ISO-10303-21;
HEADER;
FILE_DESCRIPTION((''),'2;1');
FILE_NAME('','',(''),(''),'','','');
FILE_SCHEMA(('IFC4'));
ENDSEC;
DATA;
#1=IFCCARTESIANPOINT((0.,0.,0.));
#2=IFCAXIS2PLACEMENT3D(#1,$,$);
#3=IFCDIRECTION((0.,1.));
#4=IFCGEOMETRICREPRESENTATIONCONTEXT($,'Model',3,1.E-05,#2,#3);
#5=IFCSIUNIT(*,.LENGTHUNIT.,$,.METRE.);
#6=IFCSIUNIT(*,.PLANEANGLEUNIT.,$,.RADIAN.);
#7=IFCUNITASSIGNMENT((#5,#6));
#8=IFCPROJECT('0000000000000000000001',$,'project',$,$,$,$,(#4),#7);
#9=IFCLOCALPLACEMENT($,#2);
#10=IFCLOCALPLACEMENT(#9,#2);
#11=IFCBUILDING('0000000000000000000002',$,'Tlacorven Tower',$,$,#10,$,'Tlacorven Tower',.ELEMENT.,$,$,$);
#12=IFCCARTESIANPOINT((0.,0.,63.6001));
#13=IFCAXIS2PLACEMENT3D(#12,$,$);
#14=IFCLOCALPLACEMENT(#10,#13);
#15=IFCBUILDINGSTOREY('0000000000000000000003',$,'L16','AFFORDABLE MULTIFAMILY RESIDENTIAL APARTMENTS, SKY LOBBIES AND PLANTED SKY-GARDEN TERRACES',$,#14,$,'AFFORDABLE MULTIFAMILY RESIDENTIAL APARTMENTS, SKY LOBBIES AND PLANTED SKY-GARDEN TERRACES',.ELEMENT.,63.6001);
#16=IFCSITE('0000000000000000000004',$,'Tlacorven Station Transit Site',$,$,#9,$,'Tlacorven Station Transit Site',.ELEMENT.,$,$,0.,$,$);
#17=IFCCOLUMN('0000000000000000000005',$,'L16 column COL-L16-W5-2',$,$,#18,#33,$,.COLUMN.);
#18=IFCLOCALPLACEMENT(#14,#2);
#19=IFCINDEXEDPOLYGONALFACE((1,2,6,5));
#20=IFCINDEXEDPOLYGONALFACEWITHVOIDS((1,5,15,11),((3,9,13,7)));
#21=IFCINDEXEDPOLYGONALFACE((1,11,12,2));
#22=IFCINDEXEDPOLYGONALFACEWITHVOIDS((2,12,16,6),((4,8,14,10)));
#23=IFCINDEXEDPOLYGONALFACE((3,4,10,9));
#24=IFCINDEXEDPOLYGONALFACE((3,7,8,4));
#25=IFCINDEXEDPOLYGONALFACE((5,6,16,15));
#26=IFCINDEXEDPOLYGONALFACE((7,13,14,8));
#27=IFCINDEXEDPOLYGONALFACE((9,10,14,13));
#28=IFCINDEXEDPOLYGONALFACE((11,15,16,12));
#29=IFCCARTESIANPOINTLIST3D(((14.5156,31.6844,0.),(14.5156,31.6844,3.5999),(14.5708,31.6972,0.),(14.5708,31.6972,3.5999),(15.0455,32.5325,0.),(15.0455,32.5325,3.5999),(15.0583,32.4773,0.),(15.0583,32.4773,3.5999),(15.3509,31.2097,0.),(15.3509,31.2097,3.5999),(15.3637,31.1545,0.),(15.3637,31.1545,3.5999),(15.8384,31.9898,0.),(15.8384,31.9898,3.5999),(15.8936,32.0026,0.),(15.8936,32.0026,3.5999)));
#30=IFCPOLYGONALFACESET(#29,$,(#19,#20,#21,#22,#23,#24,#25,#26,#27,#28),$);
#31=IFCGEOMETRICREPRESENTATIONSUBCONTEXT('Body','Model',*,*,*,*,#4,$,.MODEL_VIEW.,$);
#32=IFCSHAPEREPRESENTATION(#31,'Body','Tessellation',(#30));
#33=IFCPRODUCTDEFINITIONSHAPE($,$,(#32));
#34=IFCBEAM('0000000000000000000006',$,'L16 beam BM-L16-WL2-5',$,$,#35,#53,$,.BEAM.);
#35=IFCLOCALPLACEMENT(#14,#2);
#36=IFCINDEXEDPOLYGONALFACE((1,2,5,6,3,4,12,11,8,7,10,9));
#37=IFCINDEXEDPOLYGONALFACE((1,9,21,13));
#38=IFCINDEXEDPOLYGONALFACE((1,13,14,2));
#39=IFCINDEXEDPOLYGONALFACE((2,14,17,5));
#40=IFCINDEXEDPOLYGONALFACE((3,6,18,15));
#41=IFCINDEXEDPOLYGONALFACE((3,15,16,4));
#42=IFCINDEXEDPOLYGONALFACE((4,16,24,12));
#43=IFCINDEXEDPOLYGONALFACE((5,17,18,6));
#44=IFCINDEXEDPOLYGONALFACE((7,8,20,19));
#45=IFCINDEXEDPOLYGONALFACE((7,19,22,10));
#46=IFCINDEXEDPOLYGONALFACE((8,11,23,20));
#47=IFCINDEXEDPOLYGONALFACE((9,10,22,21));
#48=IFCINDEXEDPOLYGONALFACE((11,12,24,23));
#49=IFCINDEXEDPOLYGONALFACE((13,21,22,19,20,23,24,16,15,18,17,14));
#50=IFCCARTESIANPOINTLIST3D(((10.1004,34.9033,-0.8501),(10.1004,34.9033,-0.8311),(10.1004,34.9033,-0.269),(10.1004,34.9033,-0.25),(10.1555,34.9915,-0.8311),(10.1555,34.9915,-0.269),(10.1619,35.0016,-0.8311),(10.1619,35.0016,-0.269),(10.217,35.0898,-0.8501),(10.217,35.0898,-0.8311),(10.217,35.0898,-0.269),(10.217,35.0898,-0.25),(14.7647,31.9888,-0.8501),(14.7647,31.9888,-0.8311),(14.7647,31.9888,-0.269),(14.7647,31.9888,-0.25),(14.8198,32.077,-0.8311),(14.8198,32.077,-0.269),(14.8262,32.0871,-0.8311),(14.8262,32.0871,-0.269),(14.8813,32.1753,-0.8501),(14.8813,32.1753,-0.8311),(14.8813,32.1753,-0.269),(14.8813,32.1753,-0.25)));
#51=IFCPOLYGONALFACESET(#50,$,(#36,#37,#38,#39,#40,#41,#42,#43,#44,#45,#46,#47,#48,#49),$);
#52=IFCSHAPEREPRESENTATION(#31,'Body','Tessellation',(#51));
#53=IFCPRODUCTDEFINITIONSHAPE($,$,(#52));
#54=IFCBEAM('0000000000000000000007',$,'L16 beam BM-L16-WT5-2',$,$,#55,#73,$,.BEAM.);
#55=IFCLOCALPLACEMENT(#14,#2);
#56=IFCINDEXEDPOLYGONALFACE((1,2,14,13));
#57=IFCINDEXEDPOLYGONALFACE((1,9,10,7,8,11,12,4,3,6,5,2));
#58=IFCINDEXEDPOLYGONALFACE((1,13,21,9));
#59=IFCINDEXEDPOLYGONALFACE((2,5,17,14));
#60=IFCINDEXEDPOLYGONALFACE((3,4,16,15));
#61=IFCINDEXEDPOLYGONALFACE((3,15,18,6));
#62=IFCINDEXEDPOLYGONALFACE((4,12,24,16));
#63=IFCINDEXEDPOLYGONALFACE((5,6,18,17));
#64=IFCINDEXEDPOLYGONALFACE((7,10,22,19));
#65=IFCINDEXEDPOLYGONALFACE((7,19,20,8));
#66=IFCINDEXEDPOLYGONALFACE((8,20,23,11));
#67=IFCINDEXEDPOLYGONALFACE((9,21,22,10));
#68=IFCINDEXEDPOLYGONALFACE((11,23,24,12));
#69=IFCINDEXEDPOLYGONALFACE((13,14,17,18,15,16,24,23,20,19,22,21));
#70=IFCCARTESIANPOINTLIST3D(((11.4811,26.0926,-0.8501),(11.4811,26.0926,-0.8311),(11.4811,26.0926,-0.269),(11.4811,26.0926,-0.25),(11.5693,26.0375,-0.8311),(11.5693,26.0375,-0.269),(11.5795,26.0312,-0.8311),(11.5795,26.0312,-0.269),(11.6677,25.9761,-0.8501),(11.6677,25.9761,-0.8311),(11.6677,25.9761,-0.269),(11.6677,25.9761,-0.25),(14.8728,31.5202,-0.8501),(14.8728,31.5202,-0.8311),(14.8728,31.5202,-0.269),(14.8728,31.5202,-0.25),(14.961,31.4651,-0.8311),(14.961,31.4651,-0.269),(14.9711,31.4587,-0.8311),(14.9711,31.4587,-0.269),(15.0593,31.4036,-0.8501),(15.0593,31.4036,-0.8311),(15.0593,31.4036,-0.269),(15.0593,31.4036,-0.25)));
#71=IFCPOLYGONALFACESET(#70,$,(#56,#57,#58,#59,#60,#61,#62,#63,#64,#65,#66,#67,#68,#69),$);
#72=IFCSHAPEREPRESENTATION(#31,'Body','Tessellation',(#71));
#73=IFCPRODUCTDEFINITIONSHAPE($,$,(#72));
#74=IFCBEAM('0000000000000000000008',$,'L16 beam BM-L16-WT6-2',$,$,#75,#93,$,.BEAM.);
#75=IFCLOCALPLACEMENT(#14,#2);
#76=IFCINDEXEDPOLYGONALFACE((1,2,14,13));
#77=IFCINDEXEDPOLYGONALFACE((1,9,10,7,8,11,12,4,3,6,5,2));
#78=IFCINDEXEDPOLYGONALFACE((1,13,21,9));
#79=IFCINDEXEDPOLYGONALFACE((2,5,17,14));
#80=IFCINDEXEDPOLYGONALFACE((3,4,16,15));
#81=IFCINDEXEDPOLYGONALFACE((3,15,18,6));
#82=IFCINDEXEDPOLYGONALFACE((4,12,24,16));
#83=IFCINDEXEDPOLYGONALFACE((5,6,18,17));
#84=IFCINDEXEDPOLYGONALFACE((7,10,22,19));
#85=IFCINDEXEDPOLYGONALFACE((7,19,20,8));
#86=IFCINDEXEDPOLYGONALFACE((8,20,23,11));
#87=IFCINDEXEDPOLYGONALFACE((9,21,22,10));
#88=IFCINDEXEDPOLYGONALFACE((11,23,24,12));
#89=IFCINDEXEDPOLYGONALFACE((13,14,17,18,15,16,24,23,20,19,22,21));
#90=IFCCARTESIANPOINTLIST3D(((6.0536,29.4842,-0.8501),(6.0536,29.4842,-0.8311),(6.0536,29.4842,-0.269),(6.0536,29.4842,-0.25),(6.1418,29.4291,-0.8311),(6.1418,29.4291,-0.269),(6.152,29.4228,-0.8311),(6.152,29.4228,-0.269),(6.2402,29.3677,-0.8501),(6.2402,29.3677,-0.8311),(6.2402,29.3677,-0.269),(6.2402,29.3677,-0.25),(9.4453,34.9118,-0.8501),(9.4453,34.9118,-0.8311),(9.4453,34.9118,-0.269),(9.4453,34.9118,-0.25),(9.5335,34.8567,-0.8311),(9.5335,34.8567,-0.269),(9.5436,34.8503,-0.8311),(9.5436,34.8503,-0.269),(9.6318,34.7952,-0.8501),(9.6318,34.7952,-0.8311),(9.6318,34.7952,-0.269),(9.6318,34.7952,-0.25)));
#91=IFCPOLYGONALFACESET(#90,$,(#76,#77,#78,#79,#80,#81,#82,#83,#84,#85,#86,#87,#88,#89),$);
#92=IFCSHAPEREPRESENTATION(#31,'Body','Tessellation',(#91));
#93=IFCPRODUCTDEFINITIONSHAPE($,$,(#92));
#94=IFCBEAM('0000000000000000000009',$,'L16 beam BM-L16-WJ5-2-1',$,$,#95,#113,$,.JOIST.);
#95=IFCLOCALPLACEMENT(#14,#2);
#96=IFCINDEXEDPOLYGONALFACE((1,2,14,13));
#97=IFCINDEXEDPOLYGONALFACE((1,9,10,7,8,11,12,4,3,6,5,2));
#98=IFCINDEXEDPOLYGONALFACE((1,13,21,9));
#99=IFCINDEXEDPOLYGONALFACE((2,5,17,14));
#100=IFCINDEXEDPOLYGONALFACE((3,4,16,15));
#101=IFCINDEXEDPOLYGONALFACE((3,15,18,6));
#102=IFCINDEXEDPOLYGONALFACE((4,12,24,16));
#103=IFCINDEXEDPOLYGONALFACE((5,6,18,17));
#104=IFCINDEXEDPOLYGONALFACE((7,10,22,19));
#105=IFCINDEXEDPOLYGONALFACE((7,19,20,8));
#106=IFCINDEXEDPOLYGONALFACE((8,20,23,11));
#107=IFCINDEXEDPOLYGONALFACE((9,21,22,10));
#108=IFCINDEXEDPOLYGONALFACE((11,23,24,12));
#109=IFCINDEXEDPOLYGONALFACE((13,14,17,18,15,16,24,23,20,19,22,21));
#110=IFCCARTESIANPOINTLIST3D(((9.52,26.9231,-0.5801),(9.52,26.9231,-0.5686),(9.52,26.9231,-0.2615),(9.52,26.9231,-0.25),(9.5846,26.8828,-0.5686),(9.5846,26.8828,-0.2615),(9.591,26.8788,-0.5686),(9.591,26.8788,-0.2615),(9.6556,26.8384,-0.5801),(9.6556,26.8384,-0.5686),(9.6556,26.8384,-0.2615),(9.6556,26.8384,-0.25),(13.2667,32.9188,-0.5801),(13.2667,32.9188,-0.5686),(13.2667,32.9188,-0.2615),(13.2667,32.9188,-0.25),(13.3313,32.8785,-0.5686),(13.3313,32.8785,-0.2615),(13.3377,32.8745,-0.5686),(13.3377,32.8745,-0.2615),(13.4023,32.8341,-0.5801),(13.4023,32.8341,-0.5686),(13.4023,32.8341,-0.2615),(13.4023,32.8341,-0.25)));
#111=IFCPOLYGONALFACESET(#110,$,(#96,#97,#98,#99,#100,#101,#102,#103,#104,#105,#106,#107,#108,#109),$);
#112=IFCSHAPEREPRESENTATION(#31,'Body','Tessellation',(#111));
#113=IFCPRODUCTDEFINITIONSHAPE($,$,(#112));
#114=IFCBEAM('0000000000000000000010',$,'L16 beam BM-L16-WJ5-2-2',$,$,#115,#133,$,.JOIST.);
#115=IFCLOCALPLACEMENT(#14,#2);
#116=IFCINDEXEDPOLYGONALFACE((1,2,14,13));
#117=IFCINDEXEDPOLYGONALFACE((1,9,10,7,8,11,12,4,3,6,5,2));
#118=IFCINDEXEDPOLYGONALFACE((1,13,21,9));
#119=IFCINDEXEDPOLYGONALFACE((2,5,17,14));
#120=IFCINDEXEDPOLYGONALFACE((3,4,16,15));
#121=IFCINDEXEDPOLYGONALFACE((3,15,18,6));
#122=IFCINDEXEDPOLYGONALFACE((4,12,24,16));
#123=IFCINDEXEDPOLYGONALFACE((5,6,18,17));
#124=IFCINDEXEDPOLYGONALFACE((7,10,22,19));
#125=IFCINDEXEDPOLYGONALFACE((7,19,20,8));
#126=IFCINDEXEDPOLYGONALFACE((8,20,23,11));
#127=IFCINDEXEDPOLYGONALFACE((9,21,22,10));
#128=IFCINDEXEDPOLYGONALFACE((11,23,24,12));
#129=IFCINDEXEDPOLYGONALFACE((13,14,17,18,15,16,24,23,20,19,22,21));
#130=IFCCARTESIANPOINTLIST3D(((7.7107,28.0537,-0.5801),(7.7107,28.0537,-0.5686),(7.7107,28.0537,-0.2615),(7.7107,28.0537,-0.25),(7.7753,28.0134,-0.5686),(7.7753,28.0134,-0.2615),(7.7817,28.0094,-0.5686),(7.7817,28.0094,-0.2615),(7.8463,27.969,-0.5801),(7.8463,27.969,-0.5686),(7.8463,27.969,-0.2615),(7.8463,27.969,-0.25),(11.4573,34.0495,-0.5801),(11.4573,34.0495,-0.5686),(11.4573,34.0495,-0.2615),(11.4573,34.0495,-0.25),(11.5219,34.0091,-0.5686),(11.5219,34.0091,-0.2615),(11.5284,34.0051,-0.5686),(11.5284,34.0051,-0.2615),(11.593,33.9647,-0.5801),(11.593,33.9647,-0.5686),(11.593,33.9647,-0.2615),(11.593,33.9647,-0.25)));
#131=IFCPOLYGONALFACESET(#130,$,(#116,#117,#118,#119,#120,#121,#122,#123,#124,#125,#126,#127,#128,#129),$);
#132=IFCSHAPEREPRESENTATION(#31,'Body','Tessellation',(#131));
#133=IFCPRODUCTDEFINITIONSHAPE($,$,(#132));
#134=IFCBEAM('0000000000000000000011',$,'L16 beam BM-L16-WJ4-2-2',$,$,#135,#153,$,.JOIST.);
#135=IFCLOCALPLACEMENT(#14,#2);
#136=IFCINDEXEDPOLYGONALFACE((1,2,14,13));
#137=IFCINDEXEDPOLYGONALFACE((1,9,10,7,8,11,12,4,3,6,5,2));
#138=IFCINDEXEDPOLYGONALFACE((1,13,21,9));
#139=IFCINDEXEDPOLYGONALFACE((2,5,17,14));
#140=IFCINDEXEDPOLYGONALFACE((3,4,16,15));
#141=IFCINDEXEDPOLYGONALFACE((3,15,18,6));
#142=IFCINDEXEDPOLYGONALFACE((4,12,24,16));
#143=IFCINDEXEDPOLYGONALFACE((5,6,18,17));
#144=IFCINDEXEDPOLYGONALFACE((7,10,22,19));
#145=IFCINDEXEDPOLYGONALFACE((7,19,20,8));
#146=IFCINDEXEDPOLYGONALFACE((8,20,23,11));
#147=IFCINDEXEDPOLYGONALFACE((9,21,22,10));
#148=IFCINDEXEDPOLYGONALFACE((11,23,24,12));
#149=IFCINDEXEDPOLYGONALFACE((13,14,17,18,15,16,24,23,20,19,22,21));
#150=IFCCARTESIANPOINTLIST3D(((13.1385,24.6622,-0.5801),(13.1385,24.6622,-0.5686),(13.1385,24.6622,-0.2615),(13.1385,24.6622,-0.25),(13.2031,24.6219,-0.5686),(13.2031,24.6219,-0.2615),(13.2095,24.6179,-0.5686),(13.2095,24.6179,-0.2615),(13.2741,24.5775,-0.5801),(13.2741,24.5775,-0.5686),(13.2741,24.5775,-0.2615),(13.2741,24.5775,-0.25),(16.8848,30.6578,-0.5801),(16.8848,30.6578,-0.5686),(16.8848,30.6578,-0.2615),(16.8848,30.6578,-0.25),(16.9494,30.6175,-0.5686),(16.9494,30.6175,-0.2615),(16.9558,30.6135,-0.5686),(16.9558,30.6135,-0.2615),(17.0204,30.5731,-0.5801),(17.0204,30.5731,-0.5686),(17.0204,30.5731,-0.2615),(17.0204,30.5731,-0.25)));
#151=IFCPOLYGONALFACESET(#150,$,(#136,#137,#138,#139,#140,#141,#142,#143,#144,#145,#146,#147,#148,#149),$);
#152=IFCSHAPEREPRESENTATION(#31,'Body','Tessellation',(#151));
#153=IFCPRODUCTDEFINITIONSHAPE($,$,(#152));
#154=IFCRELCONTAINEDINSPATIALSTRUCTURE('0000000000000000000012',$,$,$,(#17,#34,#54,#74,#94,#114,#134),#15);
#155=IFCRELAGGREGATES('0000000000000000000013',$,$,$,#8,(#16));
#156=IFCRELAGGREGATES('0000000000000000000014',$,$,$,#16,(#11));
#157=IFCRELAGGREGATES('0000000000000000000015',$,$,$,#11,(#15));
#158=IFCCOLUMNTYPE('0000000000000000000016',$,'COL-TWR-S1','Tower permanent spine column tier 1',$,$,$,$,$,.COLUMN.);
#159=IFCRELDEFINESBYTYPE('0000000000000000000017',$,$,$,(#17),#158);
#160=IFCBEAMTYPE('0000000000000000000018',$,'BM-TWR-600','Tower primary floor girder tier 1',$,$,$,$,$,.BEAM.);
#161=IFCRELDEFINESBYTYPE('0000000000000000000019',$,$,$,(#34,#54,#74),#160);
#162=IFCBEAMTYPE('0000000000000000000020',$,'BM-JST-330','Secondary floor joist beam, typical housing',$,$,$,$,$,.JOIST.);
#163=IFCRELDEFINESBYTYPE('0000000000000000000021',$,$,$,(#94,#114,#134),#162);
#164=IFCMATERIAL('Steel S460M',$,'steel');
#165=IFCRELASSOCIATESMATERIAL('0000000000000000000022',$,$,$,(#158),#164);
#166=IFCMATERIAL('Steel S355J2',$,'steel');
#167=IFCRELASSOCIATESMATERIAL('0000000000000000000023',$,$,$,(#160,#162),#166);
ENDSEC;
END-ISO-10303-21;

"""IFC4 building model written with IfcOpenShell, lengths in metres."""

from ifc_helpers import new_model, si_unit, direction, frame, origin, origin_2d, place, context, subcontext, project, spatial, hollow_rectangle, i_section, extrude, source, transform, mapped, material, material_profile, profile_set, type_object, element, save


model = new_model("IFC4")

# Units and contexts
model_context = context("Model", 3, precision=1e-05, world=origin(), true_north=direction((0.0, 1.0)))
body_context = subcontext(model_context, "Body", "Model", "MODEL_VIEW")
ifc_project = project(units=[si_unit("LENGTHUNIT", "METRE"), si_unit("PLANEANGLEUNIT", "RADIAN")], contexts=[model_context])

# Site, building, storey
site_placement = place(None, origin())
site = spatial("IfcSite", under=ifc_project, at=site_placement, Name="Tlacorven Station Transit Site", LongName="Tlacorven Station Transit Site", CompositionType="ELEMENT", RefElevation=0.0)
building_placement = place(site_placement, origin())
building = spatial("IfcBuilding", under=site, at=building_placement, Name="Tlacorven Tower", LongName="Tlacorven Tower", CompositionType="ELEMENT")
storey_placement = place(building_placement, frame((0.0, 0.0, 63.6001)))
storey = spatial("IfcBuildingStorey", under=building, at=storey_placement, Name="L16", Description="AFFORDABLE MULTIFAMILY RESIDENTIAL APARTMENTS, SKY LOBBIES AND PLANTED SKY-GARDEN TERRACES", LongName="AFFORDABLE MULTIFAMILY RESIDENTIAL APARTMENTS, SKY LOBBIES AND PLANTED SKY-GARDEN TERRACES", CompositionType="ELEMENT", Elevation=63.6001)

# Column
ifc_material_1 = material(Name="Steel S460M", Category="steel")
ifc_material_profile_1 = material_profile(ifc_material_1, hollow_rectangle(XDim=1.0, YDim=1.0, WallThickness=0.04, at=origin_2d()), Name="BOX 1000X1000X40")
ifc_profile_set_1 = profile_set([ifc_material_profile_1], Name="Steel S460M")
column_type = type_object("IfcColumnType", Name="COL-TWR-S1", Description="Tower permanent spine column tier 1", PredefinedType="COLUMN", material=ifc_profile_set_1)
shared_shape_1 = source(origin(), body_context, "Body", "SweptSolid", [
    extrude(hollow_rectangle(XDim=1.0, YDim=1.0, WallThickness=0.04, at=origin_2d()), origin(), (0.0, 0.0, 1.0), 3.5999),
])
column_placement = place(storey_placement, frame((15.2046, 31.8435, 0.0), z_axis=(0.0, 0.0, 1.0), x_axis=(-0.848048, 0.529919, 0.0)))
element("IfcColumn", 1, at=column_placement, inside=storey, type_object=column_type, Name="L16 column COL-L16-W5-2", PredefinedType="COLUMN", context=body_context, shape_type="MappedRepresentation", body=[
    mapped(shared_shape_1, transform((0.0, 0.0, 0.0), scale=1.0)),
])

# Beams
ifc_material_2 = material(Name="Steel S355J2", Category="steel")
ifc_material_profile_2 = material_profile(ifc_material_2, i_section(OverallWidth=0.22, OverallDepth=0.6001, WebThickness=0.012, FlangeThickness=0.019, at=origin_2d()), Name="IPE 600")
ifc_profile_set_2 = profile_set([ifc_material_profile_2], Name="Steel S355J2")
beam_type_1 = type_object("IfcBeamType", Name="BM-TWR-600", Description="Tower primary floor girder tier 1", PredefinedType="BEAM", material=ifc_profile_set_2)
shared_shape_2 = source(origin(), body_context, "Body", "SweptSolid", [
    extrude(i_section(OverallWidth=0.22, OverallDepth=0.6001, WebThickness=0.012, FlangeThickness=0.019, at=origin_2d()), origin(), (0.0, 0.0, 1.0), 5.5),
])
beam_1_placement = place(storey_placement, frame((14.823, 32.082, -0.55), z_axis=(-0.848051, 0.529915, 0.0), x_axis=(-0.529915, -0.848051, 0.0)))
element("IfcBeam", 2, at=beam_1_placement, inside=storey, type_object=beam_type_1, Name="L16 beam BM-L16-WL2-5", PredefinedType="BEAM", context=body_context, shape_type="MappedRepresentation", body=[
    mapped(shared_shape_2, transform((0.0, 0.0, 0.0), scale=1.0)),
])
shared_shape_3 = source(origin(), body_context, "Body", "SweptSolid", [
    extrude(i_section(OverallWidth=0.22, OverallDepth=0.6001, WebThickness=0.012, FlangeThickness=0.019, at=origin_2d()), origin(), (0.0, 0.0, 1.0), 6.4001),
])
for number, where, z_axis, x_axis, name in (
    (3, (14.9661, 31.4619, -0.55), (-0.529934, -0.848039, 0.0), (0.848039, -0.529934, 0.0), "L16 beam BM-L16-WT5-2"),
    (4, (9.5386, 34.8535, -0.55), (-0.529934, -0.848039, 0.0), (0.848039, -0.529934, 0.0), "L16 beam BM-L16-WT6-2"),
):
    element("IfcBeam", number, at=place(storey_placement, frame(where, z_axis=z_axis, x_axis=x_axis)), inside=storey, type_object=beam_type_1, Name=name, PredefinedType="BEAM", context=body_context, shape_type="MappedRepresentation", body=[
        mapped(shared_shape_3, transform((0.0, 0.0, 0.0), scale=1.0)),
    ])
ifc_material_profile_3 = material_profile(ifc_material_2, i_section(OverallWidth=0.1599, OverallDepth=0.3301, WebThickness=0.0076, FlangeThickness=0.0115, at=origin_2d()), Name="IPE 330")
ifc_profile_set_3 = profile_set([ifc_material_profile_3], Name="Steel S355J2")
beam_type_2 = type_object("IfcBeamType", Name="BM-JST-330", Description="Secondary floor joist beam, typical housing", PredefinedType="JOIST", material=ifc_profile_set_3)
shared_shape_4 = source(origin(), body_context, "Body", "SweptSolid", [
    extrude(i_section(OverallWidth=0.1599, OverallDepth=0.3301, WebThickness=0.0076, FlangeThickness=0.0115, at=origin_2d()), origin(), (0.0, 0.0, 1.0), 7.0701),
])
for number, where, z_axis, x_axis, name in (
    (5, (13.3345, 32.8765, -0.415), (-0.529931, -0.848041, 0.0), (0.848041, -0.529931, 0.0), "L16 beam BM-L16-WJ5-2-1"),
    (6, (11.5251, 34.0071, -0.415), (-0.529931, -0.848041, 0.0), (0.848041, -0.529931, 0.0), "L16 beam BM-L16-WJ5-2-2"),
):
    element("IfcBeam", number, at=place(storey_placement, frame(where, z_axis=z_axis, x_axis=x_axis)), inside=storey, type_object=beam_type_2, Name=name, PredefinedType="JOIST", context=body_context, shape_type="MappedRepresentation", body=[
        mapped(shared_shape_4, transform((0.0, 0.0, 0.0), scale=1.0)),
    ])
shared_shape_5 = source(origin(), body_context, "Body", "SweptSolid", [
    extrude(i_section(OverallWidth=0.1599, OverallDepth=0.3301, WebThickness=0.0076, FlangeThickness=0.0115, at=origin_2d()), origin(), (0.0, 0.0, 1.0), 7.0698),
])
beam_2_placement = place(storey_placement, frame((16.9526, 30.6155, -0.415), z_axis=(-0.529906, -0.848057, 0.0), x_axis=(0.848057, -0.529906, 0.0)))
element("IfcBeam", 7, at=beam_2_placement, inside=storey, type_object=beam_type_2, Name="L16 beam BM-L16-WJ4-2-2", PredefinedType="JOIST", context=body_context, shape_type="MappedRepresentation", body=[
    mapped(shared_shape_5, transform((0.0, 0.0, 0.0), scale=1.0)),
])

save(model, "model.ifc")
